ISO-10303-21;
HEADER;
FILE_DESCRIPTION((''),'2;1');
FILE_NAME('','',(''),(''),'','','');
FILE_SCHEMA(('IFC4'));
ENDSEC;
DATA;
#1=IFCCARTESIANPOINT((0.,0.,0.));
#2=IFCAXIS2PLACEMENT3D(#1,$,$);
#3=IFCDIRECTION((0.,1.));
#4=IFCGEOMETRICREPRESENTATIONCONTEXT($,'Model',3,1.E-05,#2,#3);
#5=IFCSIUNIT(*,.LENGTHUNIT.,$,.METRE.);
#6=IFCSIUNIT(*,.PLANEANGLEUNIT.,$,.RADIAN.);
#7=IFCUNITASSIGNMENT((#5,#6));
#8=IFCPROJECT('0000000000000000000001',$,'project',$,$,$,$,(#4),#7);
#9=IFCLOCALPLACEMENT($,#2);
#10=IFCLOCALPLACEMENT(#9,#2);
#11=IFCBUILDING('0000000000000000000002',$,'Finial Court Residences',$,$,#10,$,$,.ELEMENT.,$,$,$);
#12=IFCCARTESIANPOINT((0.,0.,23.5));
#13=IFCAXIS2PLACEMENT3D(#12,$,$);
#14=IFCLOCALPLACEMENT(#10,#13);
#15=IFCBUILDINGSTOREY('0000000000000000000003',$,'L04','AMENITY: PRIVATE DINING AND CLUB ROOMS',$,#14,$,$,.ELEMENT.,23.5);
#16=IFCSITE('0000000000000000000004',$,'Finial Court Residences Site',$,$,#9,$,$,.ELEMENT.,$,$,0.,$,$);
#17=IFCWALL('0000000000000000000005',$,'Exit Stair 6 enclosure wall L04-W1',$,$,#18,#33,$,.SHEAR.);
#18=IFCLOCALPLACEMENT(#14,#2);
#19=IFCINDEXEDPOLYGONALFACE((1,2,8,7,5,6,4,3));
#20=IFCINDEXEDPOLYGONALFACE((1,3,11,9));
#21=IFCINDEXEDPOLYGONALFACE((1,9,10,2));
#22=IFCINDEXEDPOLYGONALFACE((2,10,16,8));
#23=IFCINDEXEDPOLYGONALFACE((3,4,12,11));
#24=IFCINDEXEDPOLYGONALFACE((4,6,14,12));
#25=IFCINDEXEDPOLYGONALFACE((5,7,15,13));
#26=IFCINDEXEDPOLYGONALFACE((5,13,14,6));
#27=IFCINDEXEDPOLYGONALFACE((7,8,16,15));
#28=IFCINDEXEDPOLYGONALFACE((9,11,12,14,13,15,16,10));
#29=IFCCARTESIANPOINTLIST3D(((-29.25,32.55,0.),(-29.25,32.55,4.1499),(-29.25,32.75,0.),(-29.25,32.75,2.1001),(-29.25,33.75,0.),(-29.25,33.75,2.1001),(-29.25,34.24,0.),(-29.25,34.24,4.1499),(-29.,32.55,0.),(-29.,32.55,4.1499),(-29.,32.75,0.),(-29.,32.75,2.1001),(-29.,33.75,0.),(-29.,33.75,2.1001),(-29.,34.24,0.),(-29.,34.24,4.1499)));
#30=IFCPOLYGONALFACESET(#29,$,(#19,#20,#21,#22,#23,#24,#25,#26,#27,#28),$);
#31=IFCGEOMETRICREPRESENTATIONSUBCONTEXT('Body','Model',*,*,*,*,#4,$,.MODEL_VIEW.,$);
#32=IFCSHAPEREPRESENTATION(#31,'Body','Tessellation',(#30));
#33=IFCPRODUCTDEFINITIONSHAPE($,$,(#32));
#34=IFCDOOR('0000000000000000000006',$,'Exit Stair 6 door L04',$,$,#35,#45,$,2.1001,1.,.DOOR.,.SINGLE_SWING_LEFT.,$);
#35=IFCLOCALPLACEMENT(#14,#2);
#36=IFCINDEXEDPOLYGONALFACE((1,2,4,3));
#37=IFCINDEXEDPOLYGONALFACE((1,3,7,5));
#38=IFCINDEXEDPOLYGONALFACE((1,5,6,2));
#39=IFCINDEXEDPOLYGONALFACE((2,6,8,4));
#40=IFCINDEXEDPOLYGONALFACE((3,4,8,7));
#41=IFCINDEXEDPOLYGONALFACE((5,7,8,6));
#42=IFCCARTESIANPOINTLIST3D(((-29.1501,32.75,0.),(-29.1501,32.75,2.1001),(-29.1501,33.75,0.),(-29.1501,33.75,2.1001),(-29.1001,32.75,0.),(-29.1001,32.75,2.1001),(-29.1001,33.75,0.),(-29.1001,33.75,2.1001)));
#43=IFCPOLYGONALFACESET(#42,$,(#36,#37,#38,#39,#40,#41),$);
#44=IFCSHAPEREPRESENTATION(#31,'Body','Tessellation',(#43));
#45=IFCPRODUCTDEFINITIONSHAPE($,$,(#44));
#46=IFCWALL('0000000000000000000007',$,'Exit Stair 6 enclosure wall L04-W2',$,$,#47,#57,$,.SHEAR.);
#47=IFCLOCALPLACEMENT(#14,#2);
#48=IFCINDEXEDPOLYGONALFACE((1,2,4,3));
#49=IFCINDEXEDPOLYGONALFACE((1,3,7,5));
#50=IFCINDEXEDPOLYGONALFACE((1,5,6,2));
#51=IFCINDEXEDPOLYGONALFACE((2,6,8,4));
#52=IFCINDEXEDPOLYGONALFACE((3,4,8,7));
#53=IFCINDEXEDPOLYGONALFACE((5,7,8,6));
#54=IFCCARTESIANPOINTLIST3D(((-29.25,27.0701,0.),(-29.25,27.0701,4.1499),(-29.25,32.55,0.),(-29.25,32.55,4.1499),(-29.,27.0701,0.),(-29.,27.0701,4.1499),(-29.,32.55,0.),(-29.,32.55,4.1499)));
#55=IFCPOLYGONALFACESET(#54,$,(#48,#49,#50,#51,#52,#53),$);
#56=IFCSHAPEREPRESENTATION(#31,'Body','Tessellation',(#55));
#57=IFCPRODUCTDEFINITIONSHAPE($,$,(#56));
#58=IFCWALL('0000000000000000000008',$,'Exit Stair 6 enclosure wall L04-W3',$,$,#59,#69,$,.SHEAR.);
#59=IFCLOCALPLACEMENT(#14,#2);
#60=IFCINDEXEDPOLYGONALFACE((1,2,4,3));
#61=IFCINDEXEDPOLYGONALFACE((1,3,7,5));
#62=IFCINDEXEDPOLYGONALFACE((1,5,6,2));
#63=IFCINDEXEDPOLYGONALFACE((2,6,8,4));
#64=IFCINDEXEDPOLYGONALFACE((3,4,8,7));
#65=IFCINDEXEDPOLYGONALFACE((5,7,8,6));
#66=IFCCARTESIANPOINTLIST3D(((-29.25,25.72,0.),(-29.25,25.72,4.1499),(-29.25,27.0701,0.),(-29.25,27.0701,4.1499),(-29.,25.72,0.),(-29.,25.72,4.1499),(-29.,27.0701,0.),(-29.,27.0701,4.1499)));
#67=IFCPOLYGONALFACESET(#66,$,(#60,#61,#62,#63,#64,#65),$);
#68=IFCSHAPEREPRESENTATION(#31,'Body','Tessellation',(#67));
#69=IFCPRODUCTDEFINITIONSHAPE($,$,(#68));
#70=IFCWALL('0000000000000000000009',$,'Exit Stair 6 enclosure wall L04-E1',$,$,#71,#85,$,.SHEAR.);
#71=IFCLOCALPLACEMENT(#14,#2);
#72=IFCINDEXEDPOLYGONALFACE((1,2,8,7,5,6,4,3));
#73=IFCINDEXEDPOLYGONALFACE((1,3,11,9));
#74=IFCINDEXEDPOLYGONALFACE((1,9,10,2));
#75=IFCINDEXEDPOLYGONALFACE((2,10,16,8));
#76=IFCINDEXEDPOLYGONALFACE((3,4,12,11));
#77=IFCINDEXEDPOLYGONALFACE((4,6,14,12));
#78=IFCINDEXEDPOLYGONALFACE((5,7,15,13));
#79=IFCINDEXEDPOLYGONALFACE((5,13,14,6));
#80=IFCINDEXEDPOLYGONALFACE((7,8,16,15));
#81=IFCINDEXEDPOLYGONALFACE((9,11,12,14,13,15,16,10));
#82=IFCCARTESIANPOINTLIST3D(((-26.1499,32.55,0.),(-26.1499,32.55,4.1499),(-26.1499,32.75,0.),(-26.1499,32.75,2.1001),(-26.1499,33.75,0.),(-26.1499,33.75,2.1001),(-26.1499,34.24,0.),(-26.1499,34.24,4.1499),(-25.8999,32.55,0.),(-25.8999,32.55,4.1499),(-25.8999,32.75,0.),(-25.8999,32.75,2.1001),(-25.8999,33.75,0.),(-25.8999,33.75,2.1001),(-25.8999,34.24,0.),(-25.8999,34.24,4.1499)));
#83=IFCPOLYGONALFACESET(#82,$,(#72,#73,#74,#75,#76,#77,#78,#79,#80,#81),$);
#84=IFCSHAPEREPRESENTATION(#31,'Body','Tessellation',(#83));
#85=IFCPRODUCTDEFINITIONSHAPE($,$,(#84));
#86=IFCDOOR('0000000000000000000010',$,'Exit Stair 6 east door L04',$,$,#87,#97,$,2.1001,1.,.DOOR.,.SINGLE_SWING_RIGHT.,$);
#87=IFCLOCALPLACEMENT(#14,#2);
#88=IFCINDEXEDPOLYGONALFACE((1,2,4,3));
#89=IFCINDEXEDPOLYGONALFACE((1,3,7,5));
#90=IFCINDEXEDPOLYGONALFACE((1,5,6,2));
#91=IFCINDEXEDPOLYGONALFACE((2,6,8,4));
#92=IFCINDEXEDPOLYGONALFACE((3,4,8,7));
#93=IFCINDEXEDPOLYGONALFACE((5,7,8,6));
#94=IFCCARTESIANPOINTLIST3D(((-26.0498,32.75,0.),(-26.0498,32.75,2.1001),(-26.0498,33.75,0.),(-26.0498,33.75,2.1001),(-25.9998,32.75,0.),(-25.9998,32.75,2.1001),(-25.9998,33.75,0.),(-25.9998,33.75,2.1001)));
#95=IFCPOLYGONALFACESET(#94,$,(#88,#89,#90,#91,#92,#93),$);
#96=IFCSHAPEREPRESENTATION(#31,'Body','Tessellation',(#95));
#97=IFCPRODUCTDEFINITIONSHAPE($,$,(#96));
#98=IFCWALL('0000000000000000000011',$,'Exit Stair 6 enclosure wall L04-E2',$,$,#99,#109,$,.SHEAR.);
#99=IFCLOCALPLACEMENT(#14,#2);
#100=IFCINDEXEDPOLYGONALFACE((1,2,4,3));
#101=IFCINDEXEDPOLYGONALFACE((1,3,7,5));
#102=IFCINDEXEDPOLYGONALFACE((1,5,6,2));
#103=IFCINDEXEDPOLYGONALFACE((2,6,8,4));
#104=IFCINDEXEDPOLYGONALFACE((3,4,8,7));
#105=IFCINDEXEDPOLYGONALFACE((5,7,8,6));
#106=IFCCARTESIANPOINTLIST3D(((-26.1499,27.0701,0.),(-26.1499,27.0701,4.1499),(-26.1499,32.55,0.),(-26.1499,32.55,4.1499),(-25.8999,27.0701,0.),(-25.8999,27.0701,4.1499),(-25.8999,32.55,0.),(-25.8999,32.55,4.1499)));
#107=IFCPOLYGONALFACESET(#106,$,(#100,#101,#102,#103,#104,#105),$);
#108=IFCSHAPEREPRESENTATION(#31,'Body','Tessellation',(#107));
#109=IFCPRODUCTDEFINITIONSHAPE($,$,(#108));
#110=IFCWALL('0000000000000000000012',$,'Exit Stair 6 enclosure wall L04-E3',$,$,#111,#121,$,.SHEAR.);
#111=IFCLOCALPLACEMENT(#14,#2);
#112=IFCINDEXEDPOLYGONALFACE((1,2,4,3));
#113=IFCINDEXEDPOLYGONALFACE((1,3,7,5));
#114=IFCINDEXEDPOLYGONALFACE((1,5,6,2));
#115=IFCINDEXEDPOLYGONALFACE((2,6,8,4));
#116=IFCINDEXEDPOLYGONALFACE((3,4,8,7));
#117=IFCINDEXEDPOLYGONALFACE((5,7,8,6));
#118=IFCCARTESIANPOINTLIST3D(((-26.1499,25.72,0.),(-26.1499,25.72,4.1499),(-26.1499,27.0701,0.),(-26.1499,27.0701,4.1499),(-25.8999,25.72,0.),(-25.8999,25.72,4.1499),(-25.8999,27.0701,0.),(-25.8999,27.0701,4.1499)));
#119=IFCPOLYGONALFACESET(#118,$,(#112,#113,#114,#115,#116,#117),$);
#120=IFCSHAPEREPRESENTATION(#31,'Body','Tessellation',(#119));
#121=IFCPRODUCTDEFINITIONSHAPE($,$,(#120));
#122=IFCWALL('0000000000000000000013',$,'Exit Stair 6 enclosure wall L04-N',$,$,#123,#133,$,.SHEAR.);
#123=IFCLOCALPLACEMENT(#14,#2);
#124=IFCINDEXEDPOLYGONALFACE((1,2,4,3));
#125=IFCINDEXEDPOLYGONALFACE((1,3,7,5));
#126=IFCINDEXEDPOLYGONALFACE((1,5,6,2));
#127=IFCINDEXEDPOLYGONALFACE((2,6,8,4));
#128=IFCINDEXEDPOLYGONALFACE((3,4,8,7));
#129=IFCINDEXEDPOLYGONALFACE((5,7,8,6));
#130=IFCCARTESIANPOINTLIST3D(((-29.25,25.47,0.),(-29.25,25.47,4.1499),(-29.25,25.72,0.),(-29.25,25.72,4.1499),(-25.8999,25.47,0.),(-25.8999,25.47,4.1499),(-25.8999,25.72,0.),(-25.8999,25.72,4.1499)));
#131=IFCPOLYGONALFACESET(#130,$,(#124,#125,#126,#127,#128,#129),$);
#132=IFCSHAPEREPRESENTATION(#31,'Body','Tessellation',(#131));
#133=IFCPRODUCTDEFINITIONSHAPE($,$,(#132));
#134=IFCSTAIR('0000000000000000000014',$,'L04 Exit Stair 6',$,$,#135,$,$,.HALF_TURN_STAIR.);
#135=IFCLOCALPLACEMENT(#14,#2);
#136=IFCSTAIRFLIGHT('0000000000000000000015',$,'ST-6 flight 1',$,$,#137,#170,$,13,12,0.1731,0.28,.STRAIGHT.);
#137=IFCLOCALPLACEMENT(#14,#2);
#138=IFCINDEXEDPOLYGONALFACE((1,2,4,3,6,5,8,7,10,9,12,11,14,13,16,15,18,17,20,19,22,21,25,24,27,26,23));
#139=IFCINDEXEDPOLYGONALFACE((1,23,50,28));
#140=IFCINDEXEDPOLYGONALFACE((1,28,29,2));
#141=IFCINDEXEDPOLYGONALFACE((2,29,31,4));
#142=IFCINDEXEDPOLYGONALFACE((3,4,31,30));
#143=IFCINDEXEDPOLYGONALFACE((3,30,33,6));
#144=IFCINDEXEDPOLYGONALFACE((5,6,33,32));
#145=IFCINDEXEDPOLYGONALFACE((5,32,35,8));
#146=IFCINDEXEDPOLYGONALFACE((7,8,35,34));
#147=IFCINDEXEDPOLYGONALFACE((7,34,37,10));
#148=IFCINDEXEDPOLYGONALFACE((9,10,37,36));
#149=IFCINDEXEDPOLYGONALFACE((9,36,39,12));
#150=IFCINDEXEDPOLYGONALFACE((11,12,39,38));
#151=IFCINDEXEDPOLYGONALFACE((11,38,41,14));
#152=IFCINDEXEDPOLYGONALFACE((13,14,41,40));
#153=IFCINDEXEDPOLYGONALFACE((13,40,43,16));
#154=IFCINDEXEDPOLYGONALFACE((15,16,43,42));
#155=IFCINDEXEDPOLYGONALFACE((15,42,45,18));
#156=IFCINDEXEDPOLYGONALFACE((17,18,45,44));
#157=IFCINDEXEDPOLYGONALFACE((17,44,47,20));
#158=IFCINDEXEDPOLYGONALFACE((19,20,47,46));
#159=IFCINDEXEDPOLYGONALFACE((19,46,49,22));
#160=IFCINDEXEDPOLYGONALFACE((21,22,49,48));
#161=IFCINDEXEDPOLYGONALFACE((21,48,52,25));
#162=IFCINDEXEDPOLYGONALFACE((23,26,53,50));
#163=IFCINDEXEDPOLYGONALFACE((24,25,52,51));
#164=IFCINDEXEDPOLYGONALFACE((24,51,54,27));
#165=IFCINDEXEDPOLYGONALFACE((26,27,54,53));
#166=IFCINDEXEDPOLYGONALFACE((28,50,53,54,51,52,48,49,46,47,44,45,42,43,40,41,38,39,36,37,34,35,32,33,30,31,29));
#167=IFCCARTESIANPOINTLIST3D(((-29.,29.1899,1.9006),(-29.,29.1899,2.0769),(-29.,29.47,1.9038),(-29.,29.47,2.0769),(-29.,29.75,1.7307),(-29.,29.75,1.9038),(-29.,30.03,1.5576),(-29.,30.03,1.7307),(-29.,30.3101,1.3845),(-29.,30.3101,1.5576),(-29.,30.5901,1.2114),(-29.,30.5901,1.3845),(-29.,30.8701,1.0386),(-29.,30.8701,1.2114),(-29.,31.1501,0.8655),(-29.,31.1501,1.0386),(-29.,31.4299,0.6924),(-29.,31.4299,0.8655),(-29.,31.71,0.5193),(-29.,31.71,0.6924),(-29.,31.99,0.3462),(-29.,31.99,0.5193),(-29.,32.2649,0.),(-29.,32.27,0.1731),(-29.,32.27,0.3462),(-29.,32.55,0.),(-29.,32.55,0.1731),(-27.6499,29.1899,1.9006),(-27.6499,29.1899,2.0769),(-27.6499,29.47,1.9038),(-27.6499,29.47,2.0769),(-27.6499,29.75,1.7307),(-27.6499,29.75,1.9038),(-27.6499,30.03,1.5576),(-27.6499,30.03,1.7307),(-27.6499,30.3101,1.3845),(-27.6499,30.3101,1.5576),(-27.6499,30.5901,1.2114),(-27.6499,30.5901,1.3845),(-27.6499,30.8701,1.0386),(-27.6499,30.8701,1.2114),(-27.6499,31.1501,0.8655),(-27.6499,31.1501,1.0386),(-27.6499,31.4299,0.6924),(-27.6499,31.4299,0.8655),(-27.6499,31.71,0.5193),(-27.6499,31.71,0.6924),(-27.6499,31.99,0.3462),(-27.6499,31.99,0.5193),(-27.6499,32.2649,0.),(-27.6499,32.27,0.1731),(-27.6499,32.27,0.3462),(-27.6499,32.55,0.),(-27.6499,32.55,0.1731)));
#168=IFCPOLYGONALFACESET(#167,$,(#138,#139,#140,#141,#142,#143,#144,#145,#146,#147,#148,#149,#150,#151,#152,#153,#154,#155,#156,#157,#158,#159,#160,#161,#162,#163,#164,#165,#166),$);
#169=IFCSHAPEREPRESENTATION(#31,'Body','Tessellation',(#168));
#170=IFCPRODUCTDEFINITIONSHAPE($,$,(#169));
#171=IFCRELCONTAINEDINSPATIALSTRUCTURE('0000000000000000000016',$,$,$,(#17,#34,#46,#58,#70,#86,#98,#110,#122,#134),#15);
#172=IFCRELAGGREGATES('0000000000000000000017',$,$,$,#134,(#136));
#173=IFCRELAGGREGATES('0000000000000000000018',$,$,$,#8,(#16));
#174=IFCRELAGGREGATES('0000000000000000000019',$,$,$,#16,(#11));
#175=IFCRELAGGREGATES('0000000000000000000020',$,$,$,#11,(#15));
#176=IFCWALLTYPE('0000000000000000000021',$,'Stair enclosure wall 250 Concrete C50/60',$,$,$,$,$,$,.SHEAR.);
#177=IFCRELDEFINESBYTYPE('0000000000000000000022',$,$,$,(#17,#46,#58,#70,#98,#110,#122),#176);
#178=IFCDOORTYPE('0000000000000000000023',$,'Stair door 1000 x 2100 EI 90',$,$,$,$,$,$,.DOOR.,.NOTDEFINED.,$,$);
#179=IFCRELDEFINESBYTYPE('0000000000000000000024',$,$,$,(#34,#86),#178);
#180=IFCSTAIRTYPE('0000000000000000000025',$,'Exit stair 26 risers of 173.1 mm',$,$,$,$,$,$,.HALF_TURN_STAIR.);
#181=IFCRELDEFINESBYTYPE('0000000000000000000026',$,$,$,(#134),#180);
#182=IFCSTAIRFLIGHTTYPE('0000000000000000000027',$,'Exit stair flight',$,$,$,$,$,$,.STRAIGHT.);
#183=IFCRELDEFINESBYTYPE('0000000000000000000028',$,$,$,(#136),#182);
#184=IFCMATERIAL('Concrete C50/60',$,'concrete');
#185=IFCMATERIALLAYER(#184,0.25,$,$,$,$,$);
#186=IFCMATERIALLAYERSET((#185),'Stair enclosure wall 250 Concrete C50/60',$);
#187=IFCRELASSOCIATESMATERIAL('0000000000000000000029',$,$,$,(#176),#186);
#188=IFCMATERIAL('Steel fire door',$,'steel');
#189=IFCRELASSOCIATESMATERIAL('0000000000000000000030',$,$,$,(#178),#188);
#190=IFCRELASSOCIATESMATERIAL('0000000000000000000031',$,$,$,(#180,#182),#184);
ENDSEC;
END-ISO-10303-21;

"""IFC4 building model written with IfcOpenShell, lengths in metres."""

from ifc_helpers import new_model, si_unit, direction, frame, frame_2d, origin, place, context, subcontext, project, spatial, polyline, rectangle, outline, extrude, material, layer, layer_set, type_object, element, fill, aggregate, save


model = new_model("IFC4")

# Units and contexts
model_context = context("Model", 3, precision=1e-05, world=origin(), true_north=direction((0.0, 1.0)))
body_context = subcontext(model_context, "Body", "Model", "MODEL_VIEW")
ifc_project = project(units=[si_unit("LENGTHUNIT", "METRE"), si_unit("PLANEANGLEUNIT", "RADIAN")], contexts=[model_context])

# Site, building, storey
site_placement = place(None, origin())
site = spatial("IfcSite", under=ifc_project, at=site_placement, Name="Finial Court Residences Site", CompositionType="ELEMENT", RefElevation=0.0)
building_placement = place(site_placement, origin())
building = spatial("IfcBuilding", under=site, at=building_placement, Name="Finial Court Residences", CompositionType="ELEMENT")
storey_placement = place(building_placement, frame((0.0, 0.0, 23.5)))
storey = spatial("IfcBuildingStorey", under=building, at=storey_placement, Name="L04", Description="AMENITY: PRIVATE DINING AND CLUB ROOMS", CompositionType="ELEMENT", Elevation=23.5)

# Wall, opening, door
ifc_material_1 = material(Name="Concrete C50/60", Category="concrete")
ifc_layer_1 = layer(ifc_material_1, 0.25)
ifc_layer_set_1 = layer_set([ifc_layer_1], Name="Stair enclosure wall 250 Concrete C50/60")
wall_type_1 = type_object("IfcWallType", Name="Stair enclosure wall 250 Concrete C50/60", PredefinedType="SHEAR", material=ifc_layer_set_1)
wall_1_placement = place(storey_placement, frame((-29.125, 34.24, 0.0), z_axis=(0.0, 0.0, 1.0), x_axis=(0.0, -1.0, 0.0)))
wall_1 = element("IfcWall", 1, at=wall_1_placement, inside=storey, type_object=wall_type_1, Name="Exit Stair 6 enclosure wall L04-W1", PredefinedType="SHEAR", context=body_context, shape_type="SweptSolid", body=[
    extrude(rectangle(XDim=1.6899, YDim=0.25, at=frame_2d((0.845, 0.0))), origin(), (0.0, 0.0, 1.0), 4.1499),
])
opening_1_placement = place(wall_1_placement, frame((0.49, 0.0, 0.0)))
opening_1 = element("IfcOpeningElement", 2, at=opening_1_placement, cuts=wall_1, PredefinedType="OPENING", context=body_context, shape_type="SweptSolid", body=[
    extrude(rectangle(XDim=1.0, YDim=2.1001, at=frame_2d((0.5, 1.05))), frame((0.0, 0.135, 0.0), z_axis=(0.0, -1.0, 0.0), x_axis=(1.0, 0.0, 0.0)), (0.0, 0.0, 1.0), 0.27),
])
ifc_material_2 = material(Name="Steel fire door", Category="steel")
door_type_1 = type_object("IfcDoorType", Name="Stair door 1000 x 2100 EI 90", OperationType="NOTDEFINED", PredefinedType="DOOR", material=ifc_material_2)
door_1_placement = place(opening_1_placement, origin())
door_1 = element("IfcDoor", 3, at=door_1_placement, inside=storey, type_object=door_type_1, Name="Exit Stair 6 door L04", OperationType="SINGLE_SWING_LEFT", OverallHeight=2.1001, OverallWidth=1.0, PredefinedType="DOOR", context=body_context, shape_type="SweptSolid", body=[
    extrude(rectangle(XDim=1.0, YDim=2.1001, at=frame_2d((0.5, 1.05))), frame((0.0, 0.0249, 0.0), z_axis=(0.0, -1.0, 0.0), x_axis=(1.0, 0.0, 0.0)), (0.0, 0.0, 1.0), 0.05),
])
fill(opening_1, door_1)

# Walls
wall_2_placement = place(storey_placement, frame((-29.125, 27.0701, 0.0), z_axis=(0.0, 0.0, 1.0), x_axis=(0.0, 1.0, 0.0)))
element("IfcWall", 4, at=wall_2_placement, inside=storey, type_object=wall_type_1, Name="Exit Stair 6 enclosure wall L04-W2", PredefinedType="SHEAR", context=body_context, shape_type="SweptSolid", body=[
    extrude(rectangle(XDim=5.48, YDim=0.25, at=frame_2d((2.74, 0.0))), origin(), (0.0, 0.0, 1.0), 4.1499),
])
wall_3_placement = place(storey_placement, frame((-29.125, 25.72, 0.0), z_axis=(0.0, 0.0, 1.0), x_axis=(0.0, 1.0, 0.0)))
element("IfcWall", 5, at=wall_3_placement, inside=storey, type_object=wall_type_1, Name="Exit Stair 6 enclosure wall L04-W3", PredefinedType="SHEAR", context=body_context, shape_type="SweptSolid", body=[
    extrude(rectangle(XDim=1.3501, YDim=0.25, at=frame_2d((0.675, 0.0))), origin(), (0.0, 0.0, 1.0), 4.1499),
])

# Wall, opening, door
wall_4_placement = place(storey_placement, frame((-26.0249, 32.55, 0.0), z_axis=(0.0, 0.0, 1.0), x_axis=(0.0, 1.0, 0.0)))
wall_4 = element("IfcWall", 6, at=wall_4_placement, inside=storey, type_object=wall_type_1, Name="Exit Stair 6 enclosure wall L04-E1", PredefinedType="SHEAR", context=body_context, shape_type="SweptSolid", body=[
    extrude(rectangle(XDim=1.6899, YDim=0.25, at=frame_2d((0.845, 0.0))), origin(), (0.0, 0.0, 1.0), 4.1499),
])
opening_2_placement = place(wall_4_placement, frame((0.2, 0.0, 0.0)))
opening_2 = element("IfcOpeningElement", 7, at=opening_2_placement, cuts=wall_4, PredefinedType="OPENING", context=body_context, shape_type="SweptSolid", body=[
    extrude(rectangle(XDim=1.0, YDim=2.1001, at=frame_2d((0.5, 1.05))), frame((0.0, 0.135, 0.0), z_axis=(0.0, -1.0, 0.0), x_axis=(1.0, 0.0, 0.0)), (0.0, 0.0, 1.0), 0.27),
])
door_2_placement = place(opening_2_placement, origin())
door_2 = element("IfcDoor", 8, at=door_2_placement, inside=storey, type_object=door_type_1, Name="Exit Stair 6 east door L04", OperationType="SINGLE_SWING_RIGHT", OverallHeight=2.1001, OverallWidth=1.0, PredefinedType="DOOR", context=body_context, shape_type="SweptSolid", body=[
    extrude(rectangle(XDim=1.0, YDim=2.1001, at=frame_2d((0.5, 1.05))), frame((0.0, 0.0249, 0.0), z_axis=(0.0, -1.0, 0.0), x_axis=(1.0, 0.0, 0.0)), (0.0, 0.0, 1.0), 0.05),
])
fill(opening_2, door_2)

# Walls
wall_5_placement = place(storey_placement, frame((-26.0249, 27.0701, 0.0), z_axis=(0.0, 0.0, 1.0), x_axis=(0.0, 1.0, 0.0)))
element("IfcWall", 9, at=wall_5_placement, inside=storey, type_object=wall_type_1, Name="Exit Stair 6 enclosure wall L04-E2", PredefinedType="SHEAR", context=body_context, shape_type="SweptSolid", body=[
    extrude(rectangle(XDim=5.48, YDim=0.25, at=frame_2d((2.74, 0.0))), origin(), (0.0, 0.0, 1.0), 4.1499),
])
wall_6_placement = place(storey_placement, frame((-26.0249, 25.72, 0.0), z_axis=(0.0, 0.0, 1.0), x_axis=(0.0, 1.0, 0.0)))
element("IfcWall", 10, at=wall_6_placement, inside=storey, type_object=wall_type_1, Name="Exit Stair 6 enclosure wall L04-E3", PredefinedType="SHEAR", context=body_context, shape_type="SweptSolid", body=[
    extrude(rectangle(XDim=1.3501, YDim=0.25, at=frame_2d((0.675, 0.0))), origin(), (0.0, 0.0, 1.0), 4.1499),
])
wall_7_placement = place(storey_placement, frame((-29.25, 25.595, 0.0), z_axis=(0.0, 0.0, 1.0), x_axis=(1.0, 0.0, 0.0)))
element("IfcWall", 11, at=wall_7_placement, inside=storey, type_object=wall_type_1, Name="Exit Stair 6 enclosure wall L04-N", PredefinedType="SHEAR", context=body_context, shape_type="SweptSolid", body=[
    extrude(rectangle(XDim=3.3501, YDim=0.25, at=frame_2d((1.675, 0.0))), origin(), (0.0, 0.0, 1.0), 4.1499),
])

# Stair, stair flight
stair_type = type_object("IfcStairType", Name="Exit stair 26 risers of 173.1 mm", PredefinedType="HALF_TURN_STAIR", material=ifc_material_1)
stair_placement = place(storey_placement, origin())
stair = element("IfcStair", 12, at=stair_placement, inside=storey, type_object=stair_type, Name="L04 Exit Stair 6", PredefinedType="HALF_TURN_STAIR")
stair_flight_type = type_object("IfcStairFlightType", Name="Exit stair flight", PredefinedType="STRAIGHT", material=ifc_material_1)
stair_flight_1_placement = place(storey_placement, frame((-28.325, 32.55, 0.0), z_axis=(0.0, 0.0, 1.0), x_axis=(0.0, -1.0, 0.0)))
stair_flight_1 = element("IfcStairFlight", 13, at=stair_flight_1_placement, type_object=stair_flight_type, Name="ST-6 flight 1", NumberOfRisers=13, NumberOfTreads=12, PredefinedType="STRAIGHT", RiserHeight=0.1731, TreadLength=0.28, context=body_context, shape_type="SweptSolid", body=[
    extrude(outline(polyline([(0.0, 0.0), (0.0, 0.1731), (0.28, 0.1731), (0.28, 0.3462), (0.5601, 0.3462), (0.5601, 0.5193), (0.8401, 0.5193), (0.8401, 0.6924), (1.1201, 0.6924), (1.1201, 0.8655), (1.3999, 0.8655), (1.3999, 1.0386), (1.6799, 1.0386), (1.6799, 1.2114), (1.96, 1.2114), (1.96, 1.3845), (2.24, 1.3845), (2.24, 1.5576), (2.52, 1.5576), (2.52, 1.7307), (2.8, 1.7307), (2.8, 1.9038), (3.0801, 1.9038), (3.0801, 2.0769), (3.3601, 2.0769), (3.3601, 2.25), (3.3601, 1.9006), (0.2852, 0.0), (0.0, 0.0)])), frame((0.0, 0.675, 0.0), z_axis=(0.0, -1.0, 0.0), x_axis=(1.0, 0.0, 0.0)), (0.0, 0.0, 1.0), 1.3501),
])
aggregate(stair, [stair_flight_1])

save(model, "model.ifc")
